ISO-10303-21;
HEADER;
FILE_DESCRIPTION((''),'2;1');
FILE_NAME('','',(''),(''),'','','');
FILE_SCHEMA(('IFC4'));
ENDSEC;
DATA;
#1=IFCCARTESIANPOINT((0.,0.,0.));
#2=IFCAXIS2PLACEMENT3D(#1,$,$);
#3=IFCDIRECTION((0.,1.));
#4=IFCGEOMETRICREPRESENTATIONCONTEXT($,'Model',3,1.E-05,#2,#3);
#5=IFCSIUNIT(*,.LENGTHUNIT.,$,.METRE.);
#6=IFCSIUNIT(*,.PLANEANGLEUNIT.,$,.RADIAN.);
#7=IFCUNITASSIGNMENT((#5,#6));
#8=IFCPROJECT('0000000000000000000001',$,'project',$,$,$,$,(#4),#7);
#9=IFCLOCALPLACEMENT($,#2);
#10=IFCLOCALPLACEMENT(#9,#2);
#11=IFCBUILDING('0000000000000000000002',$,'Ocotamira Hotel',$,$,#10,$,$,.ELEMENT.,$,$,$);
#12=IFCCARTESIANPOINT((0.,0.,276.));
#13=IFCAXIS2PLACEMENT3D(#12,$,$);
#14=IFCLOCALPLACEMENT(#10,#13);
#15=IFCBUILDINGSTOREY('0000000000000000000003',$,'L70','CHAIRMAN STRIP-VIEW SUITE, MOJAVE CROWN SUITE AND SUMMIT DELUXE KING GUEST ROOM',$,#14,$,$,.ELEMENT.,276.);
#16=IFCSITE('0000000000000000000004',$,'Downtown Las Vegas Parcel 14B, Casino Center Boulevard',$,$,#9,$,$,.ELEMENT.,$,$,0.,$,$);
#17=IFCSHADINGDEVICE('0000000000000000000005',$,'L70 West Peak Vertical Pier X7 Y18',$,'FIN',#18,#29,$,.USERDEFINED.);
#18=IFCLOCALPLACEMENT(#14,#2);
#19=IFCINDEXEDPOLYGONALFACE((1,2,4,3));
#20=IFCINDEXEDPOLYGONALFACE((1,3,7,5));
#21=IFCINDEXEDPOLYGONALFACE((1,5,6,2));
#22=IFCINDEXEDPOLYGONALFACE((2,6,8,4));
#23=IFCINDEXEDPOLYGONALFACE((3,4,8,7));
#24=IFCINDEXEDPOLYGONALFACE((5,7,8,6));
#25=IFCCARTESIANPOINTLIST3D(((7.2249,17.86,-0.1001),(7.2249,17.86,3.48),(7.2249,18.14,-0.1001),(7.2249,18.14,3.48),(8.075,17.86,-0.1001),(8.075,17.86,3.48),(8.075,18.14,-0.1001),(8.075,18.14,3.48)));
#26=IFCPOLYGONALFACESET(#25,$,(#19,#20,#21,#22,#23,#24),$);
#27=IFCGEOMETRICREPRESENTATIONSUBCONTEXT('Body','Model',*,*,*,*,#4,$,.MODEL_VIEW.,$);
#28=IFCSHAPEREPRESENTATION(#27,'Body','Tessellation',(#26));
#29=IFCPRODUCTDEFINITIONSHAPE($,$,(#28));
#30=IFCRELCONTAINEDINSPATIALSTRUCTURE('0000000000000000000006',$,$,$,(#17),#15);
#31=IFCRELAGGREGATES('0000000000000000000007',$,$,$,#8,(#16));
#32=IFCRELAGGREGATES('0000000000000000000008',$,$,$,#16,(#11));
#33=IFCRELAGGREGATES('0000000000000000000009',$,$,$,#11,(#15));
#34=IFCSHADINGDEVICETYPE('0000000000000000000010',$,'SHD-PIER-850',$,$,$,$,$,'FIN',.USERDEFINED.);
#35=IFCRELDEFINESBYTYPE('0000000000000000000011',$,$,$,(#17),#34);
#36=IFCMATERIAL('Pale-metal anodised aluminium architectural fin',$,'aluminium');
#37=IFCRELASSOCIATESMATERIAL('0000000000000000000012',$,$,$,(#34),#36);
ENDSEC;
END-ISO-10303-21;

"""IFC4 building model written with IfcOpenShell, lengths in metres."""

from ifc_helpers import new_model, si_unit, direction, frame, origin, origin_2d, place, context, subcontext, project, spatial, rectangle, extrude, source, transform, mapped, material, type_object, element, save


model = new_model("IFC4")

# Units and contexts
model_context = context("Model", 3, precision=1e-05, world=origin(), true_north=direction((0.0, 1.0)))
body_context = subcontext(model_context, "Body", "Model", "MODEL_VIEW")
ifc_project = project(units=[si_unit("LENGTHUNIT", "METRE"), si_unit("PLANEANGLEUNIT", "RADIAN")], contexts=[model_context])

# Site, building, storey
site_placement = place(None, origin())
site = spatial("IfcSite", under=ifc_project, at=site_placement, Name="Downtown Las Vegas Parcel 14B, Casino Center Boulevard", CompositionType="ELEMENT", RefElevation=0.0)
building_placement = place(site_placement, origin())
building = spatial("IfcBuilding", under=site, at=building_placement, Name="Ocotamira Hotel", CompositionType="ELEMENT")
storey_placement = place(building_placement, frame((0.0, 0.0, 276.0)))
storey = spatial("IfcBuildingStorey", under=building, at=storey_placement, Name="L70", Description="CHAIRMAN STRIP-VIEW SUITE, MOJAVE CROWN SUITE AND SUMMIT DELUXE KING GUEST ROOM", CompositionType="ELEMENT", Elevation=276.0)

# Shading device
ifc_material_1 = material(Name="Pale-metal anodised aluminium architectural fin", Category="aluminium")
shading_device_type = type_object("IfcShadingDeviceType", Name="SHD-PIER-850", ElementType="FIN", PredefinedType="USERDEFINED", material=ifc_material_1)
shared_shape_1 = source(origin(), body_context, "Body", "SweptSolid", [
    extrude(rectangle(XDim=0.8501, YDim=0.28, at=origin_2d()), origin(), (0.0, 0.0, 1.0), 3.5801),
])
for number, where, z_axis, x_axis, name in (
    (1, (7.6499, 18.0, -0.1001), (0.0, 0.0, 1.0), (1.0, 0.0, 0.0), "L70 West Peak Vertical Pier X7 Y18"),
):
    element("IfcShadingDevice", number, at=place(storey_placement, frame(where, z_axis=z_axis, x_axis=x_axis)), inside=storey, type_object=shading_device_type, Name=name, ObjectType="FIN", PredefinedType="USERDEFINED", context=body_context, shape_type="MappedRepresentation", body=[
        mapped(shared_shape_1, transform((0.0, 0.0, 0.0), scale=1.0)),
    ])

save(model, "model.ifc")
